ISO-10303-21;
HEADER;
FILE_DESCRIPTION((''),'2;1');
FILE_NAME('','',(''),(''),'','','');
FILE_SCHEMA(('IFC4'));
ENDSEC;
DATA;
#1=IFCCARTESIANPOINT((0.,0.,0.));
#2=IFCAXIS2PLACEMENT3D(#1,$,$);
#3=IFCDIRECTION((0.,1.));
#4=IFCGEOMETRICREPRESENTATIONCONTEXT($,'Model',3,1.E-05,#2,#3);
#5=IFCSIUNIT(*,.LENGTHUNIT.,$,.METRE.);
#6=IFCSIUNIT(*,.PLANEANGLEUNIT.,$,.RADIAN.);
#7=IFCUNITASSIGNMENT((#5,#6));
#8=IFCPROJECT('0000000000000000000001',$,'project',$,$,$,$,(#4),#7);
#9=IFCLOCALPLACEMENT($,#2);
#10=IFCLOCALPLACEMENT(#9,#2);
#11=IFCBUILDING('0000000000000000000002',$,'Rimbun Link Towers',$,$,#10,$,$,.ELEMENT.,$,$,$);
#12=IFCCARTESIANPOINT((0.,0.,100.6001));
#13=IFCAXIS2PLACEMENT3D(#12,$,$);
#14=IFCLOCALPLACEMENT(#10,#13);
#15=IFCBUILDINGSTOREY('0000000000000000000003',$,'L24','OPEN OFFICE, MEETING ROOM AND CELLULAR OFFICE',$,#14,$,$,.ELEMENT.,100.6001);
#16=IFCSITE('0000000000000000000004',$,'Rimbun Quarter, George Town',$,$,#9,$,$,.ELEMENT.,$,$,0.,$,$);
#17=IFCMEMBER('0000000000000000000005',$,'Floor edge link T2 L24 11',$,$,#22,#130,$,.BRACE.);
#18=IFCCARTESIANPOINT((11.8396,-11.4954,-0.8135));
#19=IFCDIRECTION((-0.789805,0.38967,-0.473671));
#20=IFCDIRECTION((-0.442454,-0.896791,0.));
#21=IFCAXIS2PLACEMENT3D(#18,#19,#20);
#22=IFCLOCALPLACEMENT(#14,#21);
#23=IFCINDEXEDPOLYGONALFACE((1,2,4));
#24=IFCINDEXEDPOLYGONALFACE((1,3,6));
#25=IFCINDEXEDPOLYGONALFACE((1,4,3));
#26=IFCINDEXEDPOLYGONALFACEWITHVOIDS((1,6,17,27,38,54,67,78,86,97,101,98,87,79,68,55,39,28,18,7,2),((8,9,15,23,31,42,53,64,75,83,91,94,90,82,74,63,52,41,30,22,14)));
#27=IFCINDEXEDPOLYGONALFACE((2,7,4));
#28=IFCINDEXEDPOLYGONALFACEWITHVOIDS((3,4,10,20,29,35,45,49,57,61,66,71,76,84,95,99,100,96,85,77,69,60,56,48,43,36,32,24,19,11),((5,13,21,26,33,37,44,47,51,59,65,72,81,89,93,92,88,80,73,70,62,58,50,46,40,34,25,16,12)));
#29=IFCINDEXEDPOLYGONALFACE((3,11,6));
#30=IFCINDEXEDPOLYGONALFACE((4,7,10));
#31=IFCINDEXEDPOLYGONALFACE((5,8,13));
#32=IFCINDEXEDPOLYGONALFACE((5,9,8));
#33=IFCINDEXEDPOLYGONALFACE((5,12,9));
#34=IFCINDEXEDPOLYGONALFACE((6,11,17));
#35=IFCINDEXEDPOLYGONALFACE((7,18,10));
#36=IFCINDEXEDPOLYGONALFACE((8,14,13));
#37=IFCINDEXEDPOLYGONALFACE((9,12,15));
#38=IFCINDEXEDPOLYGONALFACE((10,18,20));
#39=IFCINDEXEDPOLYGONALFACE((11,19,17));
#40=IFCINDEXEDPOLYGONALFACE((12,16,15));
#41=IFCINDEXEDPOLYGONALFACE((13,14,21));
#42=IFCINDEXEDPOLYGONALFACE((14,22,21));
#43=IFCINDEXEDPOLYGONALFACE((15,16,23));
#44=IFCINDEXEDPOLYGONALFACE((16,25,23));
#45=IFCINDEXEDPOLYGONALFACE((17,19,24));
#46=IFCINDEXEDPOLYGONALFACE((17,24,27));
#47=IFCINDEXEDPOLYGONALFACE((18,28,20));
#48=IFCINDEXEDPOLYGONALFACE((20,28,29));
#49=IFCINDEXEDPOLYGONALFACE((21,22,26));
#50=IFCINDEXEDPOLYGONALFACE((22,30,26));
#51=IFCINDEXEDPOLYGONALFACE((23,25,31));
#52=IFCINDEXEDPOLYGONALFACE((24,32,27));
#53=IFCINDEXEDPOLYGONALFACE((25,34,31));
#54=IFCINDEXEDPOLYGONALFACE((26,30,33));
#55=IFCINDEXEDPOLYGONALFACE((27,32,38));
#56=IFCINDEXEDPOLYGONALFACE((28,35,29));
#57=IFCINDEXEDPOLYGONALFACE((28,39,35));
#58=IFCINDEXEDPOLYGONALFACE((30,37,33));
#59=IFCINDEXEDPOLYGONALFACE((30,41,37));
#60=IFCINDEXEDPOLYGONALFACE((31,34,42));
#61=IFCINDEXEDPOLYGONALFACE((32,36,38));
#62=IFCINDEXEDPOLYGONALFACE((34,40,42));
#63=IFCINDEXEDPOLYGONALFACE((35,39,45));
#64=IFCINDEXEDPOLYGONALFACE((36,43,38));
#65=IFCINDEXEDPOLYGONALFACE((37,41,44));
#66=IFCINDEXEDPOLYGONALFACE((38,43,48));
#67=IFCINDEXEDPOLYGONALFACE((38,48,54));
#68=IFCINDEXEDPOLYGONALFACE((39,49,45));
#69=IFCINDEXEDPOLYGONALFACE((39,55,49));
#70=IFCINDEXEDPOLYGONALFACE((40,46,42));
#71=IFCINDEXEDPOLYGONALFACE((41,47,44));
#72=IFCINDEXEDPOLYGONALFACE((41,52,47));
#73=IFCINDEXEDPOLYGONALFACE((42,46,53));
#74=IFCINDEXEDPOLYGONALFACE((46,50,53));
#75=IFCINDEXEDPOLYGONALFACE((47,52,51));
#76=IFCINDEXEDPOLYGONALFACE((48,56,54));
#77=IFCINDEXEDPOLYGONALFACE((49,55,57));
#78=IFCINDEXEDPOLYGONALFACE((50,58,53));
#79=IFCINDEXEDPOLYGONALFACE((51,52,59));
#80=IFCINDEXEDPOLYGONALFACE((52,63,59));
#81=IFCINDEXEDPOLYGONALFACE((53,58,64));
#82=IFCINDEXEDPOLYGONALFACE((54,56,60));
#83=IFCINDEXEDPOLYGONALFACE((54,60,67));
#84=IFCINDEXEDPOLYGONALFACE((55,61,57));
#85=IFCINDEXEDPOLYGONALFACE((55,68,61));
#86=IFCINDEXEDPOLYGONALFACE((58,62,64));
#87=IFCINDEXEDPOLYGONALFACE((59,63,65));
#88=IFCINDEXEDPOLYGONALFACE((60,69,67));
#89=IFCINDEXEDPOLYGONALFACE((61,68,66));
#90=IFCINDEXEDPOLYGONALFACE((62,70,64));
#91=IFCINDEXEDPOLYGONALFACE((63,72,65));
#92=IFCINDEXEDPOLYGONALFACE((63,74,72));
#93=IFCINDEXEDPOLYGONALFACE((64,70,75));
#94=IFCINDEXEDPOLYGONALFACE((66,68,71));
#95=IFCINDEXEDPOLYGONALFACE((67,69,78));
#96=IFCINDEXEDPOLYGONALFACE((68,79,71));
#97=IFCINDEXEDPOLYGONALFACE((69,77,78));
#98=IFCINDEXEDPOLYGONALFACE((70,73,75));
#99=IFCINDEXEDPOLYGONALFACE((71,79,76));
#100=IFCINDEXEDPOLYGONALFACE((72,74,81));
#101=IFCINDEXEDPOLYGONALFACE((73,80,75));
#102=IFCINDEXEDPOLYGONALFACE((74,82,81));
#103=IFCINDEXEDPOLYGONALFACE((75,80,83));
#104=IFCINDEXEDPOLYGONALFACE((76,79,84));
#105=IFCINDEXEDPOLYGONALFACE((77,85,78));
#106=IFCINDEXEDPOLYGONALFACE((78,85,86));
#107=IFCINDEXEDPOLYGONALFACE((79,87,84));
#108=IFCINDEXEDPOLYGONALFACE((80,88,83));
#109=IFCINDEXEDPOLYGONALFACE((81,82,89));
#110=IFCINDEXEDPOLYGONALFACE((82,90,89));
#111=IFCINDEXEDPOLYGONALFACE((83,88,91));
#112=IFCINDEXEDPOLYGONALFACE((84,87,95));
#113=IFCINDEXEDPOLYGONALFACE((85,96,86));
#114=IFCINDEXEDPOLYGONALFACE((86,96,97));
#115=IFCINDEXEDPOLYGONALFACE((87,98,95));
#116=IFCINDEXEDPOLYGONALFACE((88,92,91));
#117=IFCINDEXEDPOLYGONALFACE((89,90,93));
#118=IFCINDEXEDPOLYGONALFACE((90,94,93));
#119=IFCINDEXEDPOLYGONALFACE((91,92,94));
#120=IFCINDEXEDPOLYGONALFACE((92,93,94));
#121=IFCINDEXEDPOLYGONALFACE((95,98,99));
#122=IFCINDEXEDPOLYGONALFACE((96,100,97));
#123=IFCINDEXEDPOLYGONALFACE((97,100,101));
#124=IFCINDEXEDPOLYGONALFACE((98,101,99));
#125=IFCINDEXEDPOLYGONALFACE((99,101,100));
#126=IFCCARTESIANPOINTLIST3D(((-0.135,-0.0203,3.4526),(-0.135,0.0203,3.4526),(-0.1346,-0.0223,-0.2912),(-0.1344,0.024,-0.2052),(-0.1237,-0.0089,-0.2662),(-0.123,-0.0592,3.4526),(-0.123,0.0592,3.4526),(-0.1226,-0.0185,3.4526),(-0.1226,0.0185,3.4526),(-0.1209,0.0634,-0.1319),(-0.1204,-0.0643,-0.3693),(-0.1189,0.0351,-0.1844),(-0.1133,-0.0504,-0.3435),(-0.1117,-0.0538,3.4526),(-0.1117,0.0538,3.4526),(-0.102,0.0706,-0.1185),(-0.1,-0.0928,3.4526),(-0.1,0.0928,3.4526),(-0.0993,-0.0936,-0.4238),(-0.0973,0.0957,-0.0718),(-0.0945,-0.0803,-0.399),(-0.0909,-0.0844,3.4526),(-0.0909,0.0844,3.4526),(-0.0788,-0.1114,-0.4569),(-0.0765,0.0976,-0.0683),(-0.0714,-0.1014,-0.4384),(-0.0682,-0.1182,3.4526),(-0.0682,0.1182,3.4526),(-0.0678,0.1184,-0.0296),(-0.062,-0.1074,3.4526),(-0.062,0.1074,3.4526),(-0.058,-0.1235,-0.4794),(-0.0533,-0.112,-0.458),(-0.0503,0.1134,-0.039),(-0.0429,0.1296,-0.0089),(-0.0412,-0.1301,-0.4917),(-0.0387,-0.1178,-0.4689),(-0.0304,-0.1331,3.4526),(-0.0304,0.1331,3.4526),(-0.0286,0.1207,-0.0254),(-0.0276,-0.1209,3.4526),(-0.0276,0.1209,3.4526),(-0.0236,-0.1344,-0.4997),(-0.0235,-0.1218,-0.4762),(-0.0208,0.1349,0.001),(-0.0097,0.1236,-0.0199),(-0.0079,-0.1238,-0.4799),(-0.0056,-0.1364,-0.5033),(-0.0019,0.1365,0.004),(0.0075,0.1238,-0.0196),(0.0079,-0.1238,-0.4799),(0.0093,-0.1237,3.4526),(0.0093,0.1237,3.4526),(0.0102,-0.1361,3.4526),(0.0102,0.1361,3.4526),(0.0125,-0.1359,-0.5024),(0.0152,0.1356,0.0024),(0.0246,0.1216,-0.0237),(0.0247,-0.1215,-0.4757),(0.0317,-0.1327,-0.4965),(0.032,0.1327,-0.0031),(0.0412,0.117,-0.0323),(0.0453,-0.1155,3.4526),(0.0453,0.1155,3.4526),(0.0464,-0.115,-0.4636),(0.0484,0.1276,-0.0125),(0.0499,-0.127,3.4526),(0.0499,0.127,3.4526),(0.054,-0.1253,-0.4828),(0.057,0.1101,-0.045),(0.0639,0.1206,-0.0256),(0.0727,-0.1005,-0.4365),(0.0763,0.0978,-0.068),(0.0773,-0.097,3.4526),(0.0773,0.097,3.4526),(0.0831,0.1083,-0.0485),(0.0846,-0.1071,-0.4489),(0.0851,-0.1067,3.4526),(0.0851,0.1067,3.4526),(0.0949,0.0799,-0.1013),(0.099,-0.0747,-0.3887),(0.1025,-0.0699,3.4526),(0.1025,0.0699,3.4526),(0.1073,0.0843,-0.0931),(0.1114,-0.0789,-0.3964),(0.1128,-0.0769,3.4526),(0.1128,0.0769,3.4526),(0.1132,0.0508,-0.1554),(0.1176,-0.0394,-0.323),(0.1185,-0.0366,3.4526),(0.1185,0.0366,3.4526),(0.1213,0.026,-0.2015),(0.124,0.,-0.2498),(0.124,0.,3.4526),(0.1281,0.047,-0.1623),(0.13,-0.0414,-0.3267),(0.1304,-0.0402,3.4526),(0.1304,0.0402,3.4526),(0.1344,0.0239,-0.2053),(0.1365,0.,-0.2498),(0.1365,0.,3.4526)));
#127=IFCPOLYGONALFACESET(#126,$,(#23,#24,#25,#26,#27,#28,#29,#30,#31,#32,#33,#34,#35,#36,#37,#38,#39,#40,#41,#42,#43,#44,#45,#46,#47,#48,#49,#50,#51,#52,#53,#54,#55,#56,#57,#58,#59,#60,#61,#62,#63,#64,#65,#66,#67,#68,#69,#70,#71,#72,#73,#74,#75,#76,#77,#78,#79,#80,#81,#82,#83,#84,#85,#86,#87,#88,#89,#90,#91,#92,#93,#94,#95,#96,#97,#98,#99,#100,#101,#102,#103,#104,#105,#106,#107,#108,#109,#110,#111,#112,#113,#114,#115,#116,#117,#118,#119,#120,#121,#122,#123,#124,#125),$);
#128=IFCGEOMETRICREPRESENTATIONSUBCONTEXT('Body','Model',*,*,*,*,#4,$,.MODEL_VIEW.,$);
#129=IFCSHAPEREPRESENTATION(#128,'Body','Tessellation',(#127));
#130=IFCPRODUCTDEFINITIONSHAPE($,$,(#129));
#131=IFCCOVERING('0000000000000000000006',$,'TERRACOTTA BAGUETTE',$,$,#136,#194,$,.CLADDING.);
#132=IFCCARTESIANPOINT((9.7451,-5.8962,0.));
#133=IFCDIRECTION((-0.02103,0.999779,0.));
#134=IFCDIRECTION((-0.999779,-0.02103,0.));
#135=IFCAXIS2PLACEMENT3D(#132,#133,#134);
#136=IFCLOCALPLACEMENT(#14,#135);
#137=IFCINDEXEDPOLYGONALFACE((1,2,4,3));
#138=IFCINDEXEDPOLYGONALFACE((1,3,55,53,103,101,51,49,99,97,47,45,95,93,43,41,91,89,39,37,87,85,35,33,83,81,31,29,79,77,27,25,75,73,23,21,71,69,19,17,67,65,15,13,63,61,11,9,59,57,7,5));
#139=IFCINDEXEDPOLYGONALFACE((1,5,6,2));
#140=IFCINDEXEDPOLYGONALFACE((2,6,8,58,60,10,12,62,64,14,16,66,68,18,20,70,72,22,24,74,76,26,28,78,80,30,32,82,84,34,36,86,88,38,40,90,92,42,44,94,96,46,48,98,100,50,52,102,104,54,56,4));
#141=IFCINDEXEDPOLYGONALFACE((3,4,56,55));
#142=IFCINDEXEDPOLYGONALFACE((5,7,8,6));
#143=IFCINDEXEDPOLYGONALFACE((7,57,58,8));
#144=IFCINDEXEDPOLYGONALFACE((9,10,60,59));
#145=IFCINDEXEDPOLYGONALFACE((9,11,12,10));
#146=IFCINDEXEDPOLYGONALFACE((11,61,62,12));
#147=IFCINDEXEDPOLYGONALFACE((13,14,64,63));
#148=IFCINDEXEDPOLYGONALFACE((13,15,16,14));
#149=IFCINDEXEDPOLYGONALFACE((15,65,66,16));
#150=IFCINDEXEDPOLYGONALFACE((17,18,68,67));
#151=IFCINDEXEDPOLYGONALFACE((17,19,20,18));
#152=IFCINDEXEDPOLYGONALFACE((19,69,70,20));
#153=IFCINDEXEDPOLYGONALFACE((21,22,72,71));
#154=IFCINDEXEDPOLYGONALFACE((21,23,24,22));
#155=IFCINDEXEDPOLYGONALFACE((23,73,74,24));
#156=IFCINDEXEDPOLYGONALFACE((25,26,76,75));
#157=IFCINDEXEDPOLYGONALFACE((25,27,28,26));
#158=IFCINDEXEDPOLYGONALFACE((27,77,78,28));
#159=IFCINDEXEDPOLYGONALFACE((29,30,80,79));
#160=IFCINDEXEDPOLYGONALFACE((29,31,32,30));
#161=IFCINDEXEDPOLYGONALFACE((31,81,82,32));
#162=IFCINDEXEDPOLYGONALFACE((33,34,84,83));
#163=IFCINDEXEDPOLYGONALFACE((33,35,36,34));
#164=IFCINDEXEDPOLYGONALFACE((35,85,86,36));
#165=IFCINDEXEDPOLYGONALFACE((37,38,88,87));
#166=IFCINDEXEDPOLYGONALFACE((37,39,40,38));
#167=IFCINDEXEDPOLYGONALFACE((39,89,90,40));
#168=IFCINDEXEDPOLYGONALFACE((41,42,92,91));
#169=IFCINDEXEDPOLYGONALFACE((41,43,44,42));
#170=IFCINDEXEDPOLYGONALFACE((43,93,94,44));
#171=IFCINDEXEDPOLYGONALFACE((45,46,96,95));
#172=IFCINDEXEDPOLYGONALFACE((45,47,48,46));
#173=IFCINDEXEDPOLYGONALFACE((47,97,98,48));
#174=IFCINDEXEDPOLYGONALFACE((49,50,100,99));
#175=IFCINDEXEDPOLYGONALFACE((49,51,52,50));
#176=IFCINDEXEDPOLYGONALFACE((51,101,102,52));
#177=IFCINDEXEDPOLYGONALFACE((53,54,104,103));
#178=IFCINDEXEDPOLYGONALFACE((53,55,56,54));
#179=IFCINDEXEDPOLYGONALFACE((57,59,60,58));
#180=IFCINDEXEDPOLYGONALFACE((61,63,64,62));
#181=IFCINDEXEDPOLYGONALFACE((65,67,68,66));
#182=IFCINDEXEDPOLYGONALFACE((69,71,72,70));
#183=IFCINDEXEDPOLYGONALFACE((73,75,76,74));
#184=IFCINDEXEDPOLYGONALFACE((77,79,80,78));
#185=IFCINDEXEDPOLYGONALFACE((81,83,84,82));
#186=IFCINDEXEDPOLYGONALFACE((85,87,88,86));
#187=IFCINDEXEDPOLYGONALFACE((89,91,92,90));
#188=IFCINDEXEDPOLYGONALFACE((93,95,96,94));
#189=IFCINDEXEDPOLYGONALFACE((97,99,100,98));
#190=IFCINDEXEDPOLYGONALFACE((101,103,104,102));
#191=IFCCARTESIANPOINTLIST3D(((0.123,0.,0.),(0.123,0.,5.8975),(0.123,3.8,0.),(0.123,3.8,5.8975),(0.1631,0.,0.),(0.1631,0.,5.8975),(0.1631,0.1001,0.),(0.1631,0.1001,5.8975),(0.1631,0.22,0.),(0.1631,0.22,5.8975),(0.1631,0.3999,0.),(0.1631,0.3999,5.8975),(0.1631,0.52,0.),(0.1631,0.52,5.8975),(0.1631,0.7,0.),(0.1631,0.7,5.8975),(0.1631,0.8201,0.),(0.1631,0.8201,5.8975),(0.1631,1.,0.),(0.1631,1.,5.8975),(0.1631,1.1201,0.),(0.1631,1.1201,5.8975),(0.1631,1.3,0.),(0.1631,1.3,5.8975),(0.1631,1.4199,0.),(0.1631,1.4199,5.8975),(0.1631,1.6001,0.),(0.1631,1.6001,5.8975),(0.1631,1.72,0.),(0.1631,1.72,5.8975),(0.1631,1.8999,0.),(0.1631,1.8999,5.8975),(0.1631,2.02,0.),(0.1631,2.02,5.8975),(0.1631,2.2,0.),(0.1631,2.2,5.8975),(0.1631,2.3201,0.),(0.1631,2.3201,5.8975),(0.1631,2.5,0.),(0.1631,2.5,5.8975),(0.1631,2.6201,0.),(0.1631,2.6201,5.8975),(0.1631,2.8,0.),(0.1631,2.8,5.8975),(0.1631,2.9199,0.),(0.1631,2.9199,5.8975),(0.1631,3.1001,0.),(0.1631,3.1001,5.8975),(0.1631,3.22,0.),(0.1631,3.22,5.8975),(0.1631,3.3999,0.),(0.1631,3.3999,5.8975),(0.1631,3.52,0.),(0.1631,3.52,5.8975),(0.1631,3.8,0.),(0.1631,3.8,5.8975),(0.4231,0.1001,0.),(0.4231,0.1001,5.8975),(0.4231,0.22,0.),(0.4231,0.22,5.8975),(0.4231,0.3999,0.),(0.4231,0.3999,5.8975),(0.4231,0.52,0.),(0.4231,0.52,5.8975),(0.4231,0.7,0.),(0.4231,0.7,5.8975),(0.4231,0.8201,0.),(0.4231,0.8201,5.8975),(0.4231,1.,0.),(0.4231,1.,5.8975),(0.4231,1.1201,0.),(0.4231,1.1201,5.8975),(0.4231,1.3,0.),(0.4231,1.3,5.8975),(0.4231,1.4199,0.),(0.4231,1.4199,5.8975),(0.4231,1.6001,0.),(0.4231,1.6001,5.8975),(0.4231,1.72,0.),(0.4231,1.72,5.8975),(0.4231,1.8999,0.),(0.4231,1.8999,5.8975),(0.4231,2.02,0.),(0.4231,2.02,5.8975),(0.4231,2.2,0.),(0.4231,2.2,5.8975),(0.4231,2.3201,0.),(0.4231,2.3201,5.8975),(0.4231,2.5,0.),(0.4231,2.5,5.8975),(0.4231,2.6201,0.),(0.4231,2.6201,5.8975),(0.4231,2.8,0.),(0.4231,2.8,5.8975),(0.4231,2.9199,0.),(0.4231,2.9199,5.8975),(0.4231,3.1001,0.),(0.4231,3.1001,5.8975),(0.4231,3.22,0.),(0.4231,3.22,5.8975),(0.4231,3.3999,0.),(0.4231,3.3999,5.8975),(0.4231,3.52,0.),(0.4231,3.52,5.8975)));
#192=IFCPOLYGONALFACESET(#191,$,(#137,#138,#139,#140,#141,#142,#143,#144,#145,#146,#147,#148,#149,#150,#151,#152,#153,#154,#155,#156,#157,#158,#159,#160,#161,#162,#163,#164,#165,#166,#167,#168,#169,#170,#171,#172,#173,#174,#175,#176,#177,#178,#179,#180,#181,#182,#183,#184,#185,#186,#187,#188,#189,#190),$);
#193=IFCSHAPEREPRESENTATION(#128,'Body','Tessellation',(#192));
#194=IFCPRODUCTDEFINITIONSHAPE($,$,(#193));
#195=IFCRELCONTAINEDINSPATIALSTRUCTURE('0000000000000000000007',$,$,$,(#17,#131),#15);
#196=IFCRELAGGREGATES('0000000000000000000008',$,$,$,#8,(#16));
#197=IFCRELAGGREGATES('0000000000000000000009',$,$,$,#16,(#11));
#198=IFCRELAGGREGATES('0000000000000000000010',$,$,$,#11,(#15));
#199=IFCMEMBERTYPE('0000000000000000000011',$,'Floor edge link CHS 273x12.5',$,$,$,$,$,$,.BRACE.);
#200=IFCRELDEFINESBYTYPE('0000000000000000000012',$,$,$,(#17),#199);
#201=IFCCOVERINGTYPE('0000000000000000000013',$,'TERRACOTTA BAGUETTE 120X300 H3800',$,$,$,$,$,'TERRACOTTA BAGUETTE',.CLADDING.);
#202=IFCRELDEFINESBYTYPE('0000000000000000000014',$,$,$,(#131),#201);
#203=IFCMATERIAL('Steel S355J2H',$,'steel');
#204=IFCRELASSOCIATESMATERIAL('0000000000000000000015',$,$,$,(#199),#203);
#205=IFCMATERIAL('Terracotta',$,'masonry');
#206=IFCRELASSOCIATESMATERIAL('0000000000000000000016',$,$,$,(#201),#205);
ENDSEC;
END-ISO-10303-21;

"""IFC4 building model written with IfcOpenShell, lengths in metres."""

from ifc_helpers import new_model, si_unit, direction, frame, origin, origin_2d, place, context, subcontext, project, spatial, polyline, hollow_circle, outline, extrude, clip, halfspace, material, material_profile, profile_set, type_object, element, save


model = new_model("IFC4")

# Units and contexts
model_context = context("Model", 3, precision=1e-05, world=origin(), true_north=direction((0.0, 1.0)))
body_context = subcontext(model_context, "Body", "Model", "MODEL_VIEW")
ifc_project = project(units=[si_unit("LENGTHUNIT", "METRE"), si_unit("PLANEANGLEUNIT", "RADIAN")], contexts=[model_context])

# Site, building, storey
site_placement = place(None, origin())
site = spatial("IfcSite", under=ifc_project, at=site_placement, Name="Rimbun Quarter, George Town", CompositionType="ELEMENT", RefElevation=0.0)
building_placement = place(site_placement, origin())
building = spatial("IfcBuilding", under=site, at=building_placement, Name="Rimbun Link Towers", CompositionType="ELEMENT")
storey_placement = place(building_placement, frame((0.0, 0.0, 100.6001)))
storey = spatial("IfcBuildingStorey", under=building, at=storey_placement, Name="L24", Description="OPEN OFFICE, MEETING ROOM AND CELLULAR OFFICE", CompositionType="ELEMENT", Elevation=100.6001)

# Member
ifc_material_1 = material(Name="Steel S355J2H", Category="steel")
ifc_material_profile_1 = material_profile(ifc_material_1, hollow_circle(Radius=0.1365, WallThickness=0.0125, at=origin_2d()), Name="CHS 273x12.5")
ifc_profile_set_1 = profile_set([ifc_material_profile_1], Name="Steel S355J2H")
member_type_1 = type_object("IfcMemberType", Name="Floor edge link CHS 273x12.5", PredefinedType="BRACE", material=ifc_profile_set_1)
member_1_placement = place(storey_placement, frame((11.8396, -11.4954, -0.8135), z_axis=(-0.789805, 0.38967, -0.473671), x_axis=(-0.442454, -0.896791, 0.0)))
element("IfcMember", 1, at=member_1_placement, inside=storey, type_object=member_type_1, Name="Floor edge link T2 L24 11", PredefinedType="BRACE", context=body_context, shape_type="Clipping", body=[
    clip(extrude(hollow_circle(Radius=0.1365, WallThickness=0.0125, at=origin_2d()), frame((0.0, 0.0, -0.5288)), (0.0, 0.0, 1.0), 3.9814), halfspace(frame((0.0, 0.0, -0.2498), z_axis=(0.0, 0.880702, -0.473671)), False)),
])

# Covering
ifc_material_2 = material(Name="Terracotta", Category="masonry")
ifc_material_profile_2 = material_profile(ifc_material_2, outline(polyline([(0.123, 0.0), (0.1631, 0.0), (0.1631, 0.1001), (0.4231, 0.1001), (0.4231, 0.22), (0.1631, 0.22), (0.1631, 0.3999), (0.4231, 0.3999), (0.4231, 0.52), (0.1631, 0.52), (0.1631, 0.7), (0.4231, 0.7), (0.4231, 0.8201), (0.1631, 0.8201), (0.1631, 1.0), (0.4231, 1.0), (0.4231, 1.1201), (0.1631, 1.1201), (0.1631, 1.3), (0.4231, 1.3), (0.4231, 1.4199), (0.1631, 1.4199), (0.1631, 1.6001), (0.4231, 1.6001), (0.4231, 1.72), (0.1631, 1.72), (0.1631, 1.8999), (0.4231, 1.8999), (0.4231, 2.02), (0.1631, 2.02), (0.1631, 2.2), (0.4231, 2.2), (0.4231, 2.3201), (0.1631, 2.3201), (0.1631, 2.5), (0.4231, 2.5), (0.4231, 2.6201), (0.1631, 2.6201), (0.1631, 2.8), (0.4231, 2.8), (0.4231, 2.9199), (0.1631, 2.9199), (0.1631, 3.1001), (0.4231, 3.1001), (0.4231, 3.22), (0.1631, 3.22), (0.1631, 3.3999), (0.4231, 3.3999), (0.4231, 3.52), (0.1631, 3.52), (0.1631, 3.8), (0.123, 3.8), (0.123, 0.0)])), Name="BAGUETTE 120X300")
ifc_profile_set_2 = profile_set([ifc_material_profile_2], Name="Terracotta")
covering_type = type_object("IfcCoveringType", Name="TERRACOTTA BAGUETTE 120X300 H3800", ElementType="TERRACOTTA BAGUETTE", PredefinedType="CLADDING", material=ifc_profile_set_2)
covering_1_placement = place(storey_placement, frame((9.7451, -5.8962, 0.0), z_axis=(-0.02103, 0.999779, 0.0), x_axis=(-0.999779, -0.02103, 0.0)))
element("IfcCovering", 2, at=covering_1_placement, inside=storey, type_object=covering_type, Name="TERRACOTTA BAGUETTE", PredefinedType="CLADDING", context=body_context, shape_type="SweptSolid", body=[
    extrude(outline(polyline([(0.123, 0.0), (0.1631, 0.0), (0.1631, 0.1001), (0.4231, 0.1001), (0.4231, 0.22), (0.1631, 0.22), (0.1631, 0.3999), (0.4231, 0.3999), (0.4231, 0.52), (0.1631, 0.52), (0.1631, 0.7), (0.4231, 0.7), (0.4231, 0.8201), (0.1631, 0.8201), (0.1631, 1.0), (0.4231, 1.0), (0.4231, 1.1201), (0.1631, 1.1201), (0.1631, 1.3), (0.4231, 1.3), (0.4231, 1.4199), (0.1631, 1.4199), (0.1631, 1.6001), (0.4231, 1.6001), (0.4231, 1.72), (0.1631, 1.72), (0.1631, 1.8999), (0.4231, 1.8999), (0.4231, 2.02), (0.1631, 2.02), (0.1631, 2.2), (0.4231, 2.2), (0.4231, 2.3201), (0.1631, 2.3201), (0.1631, 2.5), (0.4231, 2.5), (0.4231, 2.6201), (0.1631, 2.6201), (0.1631, 2.8), (0.4231, 2.8), (0.4231, 2.9199), (0.1631, 2.9199), (0.1631, 3.1001), (0.4231, 3.1001), (0.4231, 3.22), (0.1631, 3.22), (0.1631, 3.3999), (0.4231, 3.3999), (0.4231, 3.52), (0.1631, 3.52), (0.1631, 3.8), (0.123, 3.8), (0.123, 0.0)])), origin(), (0.0, 0.0, 1.0), 5.8975),
])

save(model, "model.ifc")
